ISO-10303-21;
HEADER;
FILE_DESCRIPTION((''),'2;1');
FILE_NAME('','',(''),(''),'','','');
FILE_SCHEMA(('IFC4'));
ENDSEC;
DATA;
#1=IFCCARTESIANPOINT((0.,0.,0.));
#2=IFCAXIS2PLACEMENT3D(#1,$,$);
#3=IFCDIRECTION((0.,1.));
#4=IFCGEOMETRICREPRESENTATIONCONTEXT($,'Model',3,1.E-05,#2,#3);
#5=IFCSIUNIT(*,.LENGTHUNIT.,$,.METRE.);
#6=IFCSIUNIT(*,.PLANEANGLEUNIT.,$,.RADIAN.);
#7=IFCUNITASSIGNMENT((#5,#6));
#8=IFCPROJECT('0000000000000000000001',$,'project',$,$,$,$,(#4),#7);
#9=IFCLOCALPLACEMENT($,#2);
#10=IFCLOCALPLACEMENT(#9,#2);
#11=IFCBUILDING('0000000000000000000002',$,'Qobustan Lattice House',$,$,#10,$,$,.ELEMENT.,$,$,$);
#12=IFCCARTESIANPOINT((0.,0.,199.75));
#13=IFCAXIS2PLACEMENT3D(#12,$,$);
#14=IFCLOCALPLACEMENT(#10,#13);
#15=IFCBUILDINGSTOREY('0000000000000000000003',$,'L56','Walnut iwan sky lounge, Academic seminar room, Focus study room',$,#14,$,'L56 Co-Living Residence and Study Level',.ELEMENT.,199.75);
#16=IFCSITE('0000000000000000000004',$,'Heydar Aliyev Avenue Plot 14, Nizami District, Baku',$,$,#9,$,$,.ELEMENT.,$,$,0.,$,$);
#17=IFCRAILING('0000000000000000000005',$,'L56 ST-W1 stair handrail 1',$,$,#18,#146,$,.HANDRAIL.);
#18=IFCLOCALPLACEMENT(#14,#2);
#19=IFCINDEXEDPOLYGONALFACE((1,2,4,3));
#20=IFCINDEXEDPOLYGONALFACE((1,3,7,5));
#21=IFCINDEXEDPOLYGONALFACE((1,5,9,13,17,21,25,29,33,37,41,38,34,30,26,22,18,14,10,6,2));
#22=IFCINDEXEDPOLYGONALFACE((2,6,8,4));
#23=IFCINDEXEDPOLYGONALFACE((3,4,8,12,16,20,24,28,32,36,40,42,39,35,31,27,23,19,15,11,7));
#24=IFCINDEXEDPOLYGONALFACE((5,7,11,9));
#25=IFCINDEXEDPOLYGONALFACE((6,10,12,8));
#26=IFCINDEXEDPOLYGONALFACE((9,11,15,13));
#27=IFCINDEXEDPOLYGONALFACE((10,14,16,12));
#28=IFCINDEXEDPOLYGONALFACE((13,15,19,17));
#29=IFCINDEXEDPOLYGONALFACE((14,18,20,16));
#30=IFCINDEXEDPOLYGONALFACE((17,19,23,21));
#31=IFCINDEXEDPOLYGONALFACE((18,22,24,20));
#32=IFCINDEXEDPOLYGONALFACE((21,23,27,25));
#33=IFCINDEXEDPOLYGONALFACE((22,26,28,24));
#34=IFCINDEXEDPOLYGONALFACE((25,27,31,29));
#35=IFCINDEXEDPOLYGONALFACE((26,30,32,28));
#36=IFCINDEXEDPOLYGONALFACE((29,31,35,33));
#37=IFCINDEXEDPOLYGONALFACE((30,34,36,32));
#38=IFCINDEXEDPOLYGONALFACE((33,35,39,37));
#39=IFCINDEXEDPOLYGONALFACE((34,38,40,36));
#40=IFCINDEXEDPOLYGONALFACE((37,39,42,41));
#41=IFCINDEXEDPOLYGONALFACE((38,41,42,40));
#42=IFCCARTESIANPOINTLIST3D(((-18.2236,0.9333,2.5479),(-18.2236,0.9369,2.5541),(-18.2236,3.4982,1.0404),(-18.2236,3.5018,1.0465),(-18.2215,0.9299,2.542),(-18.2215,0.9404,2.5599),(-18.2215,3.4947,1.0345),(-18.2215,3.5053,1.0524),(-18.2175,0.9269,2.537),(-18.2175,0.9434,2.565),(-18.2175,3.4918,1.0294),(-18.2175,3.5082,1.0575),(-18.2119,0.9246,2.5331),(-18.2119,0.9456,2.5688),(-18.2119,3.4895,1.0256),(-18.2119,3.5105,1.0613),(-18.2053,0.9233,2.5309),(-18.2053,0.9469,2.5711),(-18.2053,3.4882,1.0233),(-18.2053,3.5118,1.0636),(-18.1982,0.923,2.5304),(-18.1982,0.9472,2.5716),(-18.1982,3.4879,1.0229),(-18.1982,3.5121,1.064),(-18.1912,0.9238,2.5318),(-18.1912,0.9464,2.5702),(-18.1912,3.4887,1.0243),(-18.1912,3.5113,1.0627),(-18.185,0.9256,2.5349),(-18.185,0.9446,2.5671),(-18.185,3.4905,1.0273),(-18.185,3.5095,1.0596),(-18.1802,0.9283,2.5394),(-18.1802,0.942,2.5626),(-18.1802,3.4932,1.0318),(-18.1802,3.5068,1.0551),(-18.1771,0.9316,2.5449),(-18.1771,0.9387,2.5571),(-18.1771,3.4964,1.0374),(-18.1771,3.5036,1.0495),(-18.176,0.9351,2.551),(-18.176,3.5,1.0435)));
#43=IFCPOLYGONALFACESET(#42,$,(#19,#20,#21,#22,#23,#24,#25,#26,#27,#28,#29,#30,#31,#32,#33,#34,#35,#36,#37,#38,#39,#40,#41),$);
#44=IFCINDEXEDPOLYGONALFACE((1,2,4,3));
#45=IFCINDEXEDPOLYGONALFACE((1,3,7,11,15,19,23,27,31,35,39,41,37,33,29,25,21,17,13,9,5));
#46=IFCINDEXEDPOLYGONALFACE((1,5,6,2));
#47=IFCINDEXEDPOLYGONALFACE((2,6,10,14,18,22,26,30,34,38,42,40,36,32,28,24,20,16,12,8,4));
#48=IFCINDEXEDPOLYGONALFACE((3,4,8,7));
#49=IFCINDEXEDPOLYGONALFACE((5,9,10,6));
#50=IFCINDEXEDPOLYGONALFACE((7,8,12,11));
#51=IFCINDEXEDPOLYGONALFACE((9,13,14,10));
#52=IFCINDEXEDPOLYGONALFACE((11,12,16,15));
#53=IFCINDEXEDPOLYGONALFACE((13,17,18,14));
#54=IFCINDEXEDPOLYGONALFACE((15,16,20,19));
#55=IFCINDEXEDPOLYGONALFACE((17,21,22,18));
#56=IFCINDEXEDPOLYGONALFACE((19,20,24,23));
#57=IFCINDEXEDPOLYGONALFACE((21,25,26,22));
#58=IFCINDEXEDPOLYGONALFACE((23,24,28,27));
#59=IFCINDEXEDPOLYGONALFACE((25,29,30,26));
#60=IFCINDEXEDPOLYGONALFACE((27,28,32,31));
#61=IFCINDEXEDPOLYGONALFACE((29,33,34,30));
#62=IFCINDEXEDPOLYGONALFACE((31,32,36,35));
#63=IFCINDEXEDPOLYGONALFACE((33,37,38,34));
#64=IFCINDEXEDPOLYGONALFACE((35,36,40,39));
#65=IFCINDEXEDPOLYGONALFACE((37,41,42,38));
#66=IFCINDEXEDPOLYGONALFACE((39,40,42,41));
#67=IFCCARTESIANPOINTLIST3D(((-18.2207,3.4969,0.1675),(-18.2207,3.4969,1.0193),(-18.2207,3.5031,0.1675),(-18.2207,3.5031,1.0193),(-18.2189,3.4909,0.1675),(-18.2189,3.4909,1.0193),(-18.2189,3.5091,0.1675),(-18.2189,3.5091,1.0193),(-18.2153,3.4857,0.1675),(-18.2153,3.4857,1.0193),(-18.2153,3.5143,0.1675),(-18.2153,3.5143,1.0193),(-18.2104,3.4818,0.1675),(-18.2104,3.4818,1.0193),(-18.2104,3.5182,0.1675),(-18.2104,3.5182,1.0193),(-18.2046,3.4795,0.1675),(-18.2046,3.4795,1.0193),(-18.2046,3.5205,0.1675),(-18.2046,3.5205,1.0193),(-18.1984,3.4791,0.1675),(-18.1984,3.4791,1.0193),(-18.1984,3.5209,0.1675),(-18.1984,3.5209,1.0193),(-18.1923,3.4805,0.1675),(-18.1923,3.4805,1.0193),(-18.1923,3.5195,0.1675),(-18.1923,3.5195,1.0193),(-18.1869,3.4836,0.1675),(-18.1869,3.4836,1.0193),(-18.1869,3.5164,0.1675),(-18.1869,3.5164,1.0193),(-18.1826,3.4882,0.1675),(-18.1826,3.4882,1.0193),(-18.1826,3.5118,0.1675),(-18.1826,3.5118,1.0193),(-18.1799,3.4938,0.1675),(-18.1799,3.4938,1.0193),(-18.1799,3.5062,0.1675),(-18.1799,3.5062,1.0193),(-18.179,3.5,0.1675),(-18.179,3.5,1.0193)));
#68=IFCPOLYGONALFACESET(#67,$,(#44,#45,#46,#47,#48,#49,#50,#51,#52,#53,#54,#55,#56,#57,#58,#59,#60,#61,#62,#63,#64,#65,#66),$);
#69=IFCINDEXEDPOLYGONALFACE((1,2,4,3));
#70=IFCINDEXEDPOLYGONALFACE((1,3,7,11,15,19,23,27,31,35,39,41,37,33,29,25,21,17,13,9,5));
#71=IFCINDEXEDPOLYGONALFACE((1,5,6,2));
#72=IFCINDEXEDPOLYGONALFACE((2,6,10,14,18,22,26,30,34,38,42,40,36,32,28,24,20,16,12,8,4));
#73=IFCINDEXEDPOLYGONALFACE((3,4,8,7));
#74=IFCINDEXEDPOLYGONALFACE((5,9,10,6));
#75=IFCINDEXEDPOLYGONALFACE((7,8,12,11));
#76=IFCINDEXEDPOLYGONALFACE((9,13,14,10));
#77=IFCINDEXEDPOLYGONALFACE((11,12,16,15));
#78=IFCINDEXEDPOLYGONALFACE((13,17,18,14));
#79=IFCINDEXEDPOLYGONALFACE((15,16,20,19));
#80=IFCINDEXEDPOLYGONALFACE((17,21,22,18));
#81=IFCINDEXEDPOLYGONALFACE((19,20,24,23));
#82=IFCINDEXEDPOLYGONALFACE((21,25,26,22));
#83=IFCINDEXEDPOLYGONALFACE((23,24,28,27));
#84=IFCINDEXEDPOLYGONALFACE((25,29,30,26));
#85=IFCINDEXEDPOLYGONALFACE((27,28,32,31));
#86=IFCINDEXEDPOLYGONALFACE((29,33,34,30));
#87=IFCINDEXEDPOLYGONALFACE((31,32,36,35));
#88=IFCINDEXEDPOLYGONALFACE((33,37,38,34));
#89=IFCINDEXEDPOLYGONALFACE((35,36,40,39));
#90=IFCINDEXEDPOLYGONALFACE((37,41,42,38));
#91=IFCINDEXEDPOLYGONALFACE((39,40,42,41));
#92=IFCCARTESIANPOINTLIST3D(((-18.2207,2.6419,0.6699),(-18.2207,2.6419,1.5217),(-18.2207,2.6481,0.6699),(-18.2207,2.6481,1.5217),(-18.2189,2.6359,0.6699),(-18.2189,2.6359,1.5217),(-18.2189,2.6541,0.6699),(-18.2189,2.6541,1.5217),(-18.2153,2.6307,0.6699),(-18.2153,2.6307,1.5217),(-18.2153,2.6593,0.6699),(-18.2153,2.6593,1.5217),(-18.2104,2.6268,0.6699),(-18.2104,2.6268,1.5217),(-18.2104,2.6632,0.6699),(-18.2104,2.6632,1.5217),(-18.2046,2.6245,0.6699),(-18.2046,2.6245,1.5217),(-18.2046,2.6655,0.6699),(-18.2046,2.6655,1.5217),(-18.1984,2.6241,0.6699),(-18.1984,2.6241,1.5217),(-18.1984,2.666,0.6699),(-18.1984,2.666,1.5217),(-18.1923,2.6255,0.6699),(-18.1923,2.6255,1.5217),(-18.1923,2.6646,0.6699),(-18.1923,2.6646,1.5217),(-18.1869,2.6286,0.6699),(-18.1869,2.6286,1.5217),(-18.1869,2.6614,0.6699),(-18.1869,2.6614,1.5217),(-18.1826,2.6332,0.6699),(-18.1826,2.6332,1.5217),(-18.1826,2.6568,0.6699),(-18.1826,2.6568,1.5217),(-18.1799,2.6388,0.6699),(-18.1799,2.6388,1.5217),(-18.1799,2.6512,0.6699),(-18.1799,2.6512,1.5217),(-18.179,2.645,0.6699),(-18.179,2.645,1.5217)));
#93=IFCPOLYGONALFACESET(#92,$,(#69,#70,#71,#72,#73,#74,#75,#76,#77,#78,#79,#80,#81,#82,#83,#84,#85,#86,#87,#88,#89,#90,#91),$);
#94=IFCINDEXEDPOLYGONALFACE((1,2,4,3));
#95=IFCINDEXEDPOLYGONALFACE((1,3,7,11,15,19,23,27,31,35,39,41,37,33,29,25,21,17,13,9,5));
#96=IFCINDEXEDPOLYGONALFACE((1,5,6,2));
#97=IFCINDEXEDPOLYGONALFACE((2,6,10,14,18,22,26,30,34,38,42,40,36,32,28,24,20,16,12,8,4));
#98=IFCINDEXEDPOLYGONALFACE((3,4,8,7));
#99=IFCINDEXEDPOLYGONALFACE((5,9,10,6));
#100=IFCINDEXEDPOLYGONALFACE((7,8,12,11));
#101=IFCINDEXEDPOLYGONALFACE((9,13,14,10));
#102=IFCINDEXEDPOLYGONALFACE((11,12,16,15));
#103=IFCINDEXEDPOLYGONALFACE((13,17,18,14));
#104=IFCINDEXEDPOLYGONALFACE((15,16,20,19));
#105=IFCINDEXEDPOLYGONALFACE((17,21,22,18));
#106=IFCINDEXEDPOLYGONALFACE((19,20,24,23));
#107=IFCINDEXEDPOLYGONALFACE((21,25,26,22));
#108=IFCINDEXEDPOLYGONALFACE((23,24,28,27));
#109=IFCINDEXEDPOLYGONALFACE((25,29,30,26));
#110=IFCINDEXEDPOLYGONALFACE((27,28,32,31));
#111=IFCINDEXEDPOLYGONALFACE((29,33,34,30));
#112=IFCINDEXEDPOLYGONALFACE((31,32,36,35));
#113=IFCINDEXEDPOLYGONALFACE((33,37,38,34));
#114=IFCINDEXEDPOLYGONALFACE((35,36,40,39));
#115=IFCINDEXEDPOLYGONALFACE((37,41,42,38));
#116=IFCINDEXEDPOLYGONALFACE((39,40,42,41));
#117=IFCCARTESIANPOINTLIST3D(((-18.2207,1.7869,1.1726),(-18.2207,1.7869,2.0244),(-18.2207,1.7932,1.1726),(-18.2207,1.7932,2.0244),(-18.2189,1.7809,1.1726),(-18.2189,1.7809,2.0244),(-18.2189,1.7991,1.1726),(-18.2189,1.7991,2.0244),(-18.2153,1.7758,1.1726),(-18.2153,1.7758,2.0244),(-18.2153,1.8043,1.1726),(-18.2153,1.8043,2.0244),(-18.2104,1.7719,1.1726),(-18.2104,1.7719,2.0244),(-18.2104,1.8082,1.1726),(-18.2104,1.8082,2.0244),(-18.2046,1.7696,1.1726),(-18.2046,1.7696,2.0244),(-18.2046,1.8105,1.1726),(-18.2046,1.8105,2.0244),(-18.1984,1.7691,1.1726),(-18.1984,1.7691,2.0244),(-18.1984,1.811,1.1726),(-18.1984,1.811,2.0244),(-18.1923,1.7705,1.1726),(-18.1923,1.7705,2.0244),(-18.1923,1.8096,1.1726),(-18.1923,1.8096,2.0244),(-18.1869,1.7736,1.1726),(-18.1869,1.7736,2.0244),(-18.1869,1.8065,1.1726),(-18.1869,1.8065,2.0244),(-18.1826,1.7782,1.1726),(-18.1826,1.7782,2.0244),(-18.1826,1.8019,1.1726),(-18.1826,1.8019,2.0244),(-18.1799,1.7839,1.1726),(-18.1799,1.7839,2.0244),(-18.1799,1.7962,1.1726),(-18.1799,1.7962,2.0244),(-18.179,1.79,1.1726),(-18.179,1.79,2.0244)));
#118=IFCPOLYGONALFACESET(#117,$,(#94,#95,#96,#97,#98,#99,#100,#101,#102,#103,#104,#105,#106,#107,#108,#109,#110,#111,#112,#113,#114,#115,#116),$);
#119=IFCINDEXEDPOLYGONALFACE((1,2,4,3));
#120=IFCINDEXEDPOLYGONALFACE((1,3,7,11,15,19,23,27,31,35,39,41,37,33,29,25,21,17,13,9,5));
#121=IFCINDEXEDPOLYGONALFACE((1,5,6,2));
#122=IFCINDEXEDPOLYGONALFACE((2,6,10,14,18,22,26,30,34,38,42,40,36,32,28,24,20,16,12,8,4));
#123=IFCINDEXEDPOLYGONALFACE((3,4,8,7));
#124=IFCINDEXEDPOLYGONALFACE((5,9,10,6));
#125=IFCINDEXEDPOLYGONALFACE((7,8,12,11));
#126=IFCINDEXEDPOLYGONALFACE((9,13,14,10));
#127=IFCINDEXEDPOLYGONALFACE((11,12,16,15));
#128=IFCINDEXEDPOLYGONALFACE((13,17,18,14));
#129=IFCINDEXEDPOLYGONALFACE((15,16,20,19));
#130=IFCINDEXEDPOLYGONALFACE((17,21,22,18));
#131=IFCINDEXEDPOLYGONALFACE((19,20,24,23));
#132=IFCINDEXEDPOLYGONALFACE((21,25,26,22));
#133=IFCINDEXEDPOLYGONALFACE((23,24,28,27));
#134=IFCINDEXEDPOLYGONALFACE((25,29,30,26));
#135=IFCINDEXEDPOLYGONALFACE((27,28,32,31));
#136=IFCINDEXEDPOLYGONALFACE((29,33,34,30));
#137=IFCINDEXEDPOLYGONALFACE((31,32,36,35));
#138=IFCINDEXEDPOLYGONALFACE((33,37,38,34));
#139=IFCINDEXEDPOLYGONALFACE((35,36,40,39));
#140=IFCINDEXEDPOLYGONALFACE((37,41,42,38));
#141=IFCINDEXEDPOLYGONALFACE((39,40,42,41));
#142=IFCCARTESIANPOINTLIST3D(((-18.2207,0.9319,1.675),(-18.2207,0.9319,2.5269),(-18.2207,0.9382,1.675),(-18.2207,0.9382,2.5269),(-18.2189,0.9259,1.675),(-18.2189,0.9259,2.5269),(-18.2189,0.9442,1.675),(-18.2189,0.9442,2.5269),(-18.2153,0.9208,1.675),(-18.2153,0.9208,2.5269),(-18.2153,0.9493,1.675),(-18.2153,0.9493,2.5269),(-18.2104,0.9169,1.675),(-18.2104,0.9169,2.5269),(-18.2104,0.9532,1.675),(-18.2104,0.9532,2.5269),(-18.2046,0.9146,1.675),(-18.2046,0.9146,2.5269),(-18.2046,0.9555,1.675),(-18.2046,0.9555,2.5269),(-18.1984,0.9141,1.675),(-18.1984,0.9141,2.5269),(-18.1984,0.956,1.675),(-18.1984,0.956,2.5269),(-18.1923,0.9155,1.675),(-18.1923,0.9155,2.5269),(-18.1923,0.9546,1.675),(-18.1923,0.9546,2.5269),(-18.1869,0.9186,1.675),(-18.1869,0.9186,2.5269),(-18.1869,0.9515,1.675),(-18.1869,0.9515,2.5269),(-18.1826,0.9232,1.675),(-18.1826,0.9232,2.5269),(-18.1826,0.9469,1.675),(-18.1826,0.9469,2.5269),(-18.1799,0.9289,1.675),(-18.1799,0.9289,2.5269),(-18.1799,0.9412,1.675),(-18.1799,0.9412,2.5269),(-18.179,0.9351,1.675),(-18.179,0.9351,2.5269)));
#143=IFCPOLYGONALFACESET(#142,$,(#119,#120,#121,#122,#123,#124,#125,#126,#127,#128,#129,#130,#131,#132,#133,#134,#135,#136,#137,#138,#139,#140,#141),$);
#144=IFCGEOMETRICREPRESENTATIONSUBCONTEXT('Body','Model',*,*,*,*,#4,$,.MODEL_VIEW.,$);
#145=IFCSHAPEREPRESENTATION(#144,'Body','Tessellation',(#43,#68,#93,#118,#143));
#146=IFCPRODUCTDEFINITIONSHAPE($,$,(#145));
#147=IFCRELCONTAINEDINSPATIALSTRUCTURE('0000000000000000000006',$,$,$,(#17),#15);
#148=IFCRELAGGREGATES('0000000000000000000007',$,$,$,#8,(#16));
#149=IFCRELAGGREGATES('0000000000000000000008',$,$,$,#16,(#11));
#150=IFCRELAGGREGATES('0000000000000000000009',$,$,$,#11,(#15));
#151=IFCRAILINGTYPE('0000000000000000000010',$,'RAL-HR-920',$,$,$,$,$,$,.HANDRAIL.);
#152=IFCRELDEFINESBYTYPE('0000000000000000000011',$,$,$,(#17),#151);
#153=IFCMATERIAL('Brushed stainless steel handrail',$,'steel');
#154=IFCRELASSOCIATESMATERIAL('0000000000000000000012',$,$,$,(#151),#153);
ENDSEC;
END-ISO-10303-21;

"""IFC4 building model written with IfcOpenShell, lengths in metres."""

from ifc_helpers import new_model, si_unit, direction, frame, origin, origin_2d, place, context, subcontext, project, spatial, circle, extrude, material, type_object, element, save


model = new_model("IFC4")

# Units and contexts
model_context = context("Model", 3, precision=1e-05, world=origin(), true_north=direction((0.0, 1.0)))
body_context = subcontext(model_context, "Body", "Model", "MODEL_VIEW")
ifc_project = project(units=[si_unit("LENGTHUNIT", "METRE"), si_unit("PLANEANGLEUNIT", "RADIAN")], contexts=[model_context])

# Site, building, storey
site_placement = place(None, origin())
site = spatial("IfcSite", under=ifc_project, at=site_placement, Name="Heydar Aliyev Avenue Plot 14, Nizami District, Baku", CompositionType="ELEMENT", RefElevation=0.0)
building_placement = place(site_placement, origin())
building = spatial("IfcBuilding", under=site, at=building_placement, Name="Qobustan Lattice House", CompositionType="ELEMENT")
storey_placement = place(building_placement, frame((0.0, 0.0, 199.75)))
storey = spatial("IfcBuildingStorey", under=building, at=storey_placement, Name="L56", Description="Walnut iwan sky lounge, Academic seminar room, Focus study room", LongName="L56 Co-Living Residence and Study Level", CompositionType="ELEMENT", Elevation=199.75)

# Railing
ifc_material_1 = material(Name="Brushed stainless steel handrail", Category="steel")
railing_type_1 = type_object("IfcRailingType", Name="RAL-HR-920", PredefinedType="HANDRAIL", material=ifc_material_1)
railing_1_placement = place(storey_placement, frame((-18.2, 3.5, 0.1675)))
element("IfcRailing", 1, at=railing_1_placement, inside=storey, type_object=railing_type_1, Name="L56 ST-W1 stair handrail 1", PredefinedType="HANDRAIL", context=body_context, shape_type="SweptSolid", body=[
    extrude(circle(Radius=0.0239, at=origin_2d()), frame((0.0, 0.0, 0.876), z_axis=(0.0, -0.862113, 0.506715), x_axis=(1.0, 0.0, 0.0)), (0.0, 0.0, 1.0), 2.9751),
    extrude(circle(Radius=0.021, at=origin_2d()), origin(), (0.0, 0.0, 1.0), 0.8518),
    extrude(circle(Radius=0.021, at=origin_2d()), frame((0.0, -0.855, 0.5024)), (0.0, 0.0, 1.0), 0.8518),
    extrude(circle(Radius=0.021, at=origin_2d()), frame((0.0, -1.71, 1.0051)), (0.0, 0.0, 1.0), 0.8518),
    extrude(circle(Radius=0.021, at=origin_2d()), frame((0.0, -2.5649, 1.5076)), (0.0, 0.0, 1.0), 0.8518),
])

save(model, "model.ifc")
